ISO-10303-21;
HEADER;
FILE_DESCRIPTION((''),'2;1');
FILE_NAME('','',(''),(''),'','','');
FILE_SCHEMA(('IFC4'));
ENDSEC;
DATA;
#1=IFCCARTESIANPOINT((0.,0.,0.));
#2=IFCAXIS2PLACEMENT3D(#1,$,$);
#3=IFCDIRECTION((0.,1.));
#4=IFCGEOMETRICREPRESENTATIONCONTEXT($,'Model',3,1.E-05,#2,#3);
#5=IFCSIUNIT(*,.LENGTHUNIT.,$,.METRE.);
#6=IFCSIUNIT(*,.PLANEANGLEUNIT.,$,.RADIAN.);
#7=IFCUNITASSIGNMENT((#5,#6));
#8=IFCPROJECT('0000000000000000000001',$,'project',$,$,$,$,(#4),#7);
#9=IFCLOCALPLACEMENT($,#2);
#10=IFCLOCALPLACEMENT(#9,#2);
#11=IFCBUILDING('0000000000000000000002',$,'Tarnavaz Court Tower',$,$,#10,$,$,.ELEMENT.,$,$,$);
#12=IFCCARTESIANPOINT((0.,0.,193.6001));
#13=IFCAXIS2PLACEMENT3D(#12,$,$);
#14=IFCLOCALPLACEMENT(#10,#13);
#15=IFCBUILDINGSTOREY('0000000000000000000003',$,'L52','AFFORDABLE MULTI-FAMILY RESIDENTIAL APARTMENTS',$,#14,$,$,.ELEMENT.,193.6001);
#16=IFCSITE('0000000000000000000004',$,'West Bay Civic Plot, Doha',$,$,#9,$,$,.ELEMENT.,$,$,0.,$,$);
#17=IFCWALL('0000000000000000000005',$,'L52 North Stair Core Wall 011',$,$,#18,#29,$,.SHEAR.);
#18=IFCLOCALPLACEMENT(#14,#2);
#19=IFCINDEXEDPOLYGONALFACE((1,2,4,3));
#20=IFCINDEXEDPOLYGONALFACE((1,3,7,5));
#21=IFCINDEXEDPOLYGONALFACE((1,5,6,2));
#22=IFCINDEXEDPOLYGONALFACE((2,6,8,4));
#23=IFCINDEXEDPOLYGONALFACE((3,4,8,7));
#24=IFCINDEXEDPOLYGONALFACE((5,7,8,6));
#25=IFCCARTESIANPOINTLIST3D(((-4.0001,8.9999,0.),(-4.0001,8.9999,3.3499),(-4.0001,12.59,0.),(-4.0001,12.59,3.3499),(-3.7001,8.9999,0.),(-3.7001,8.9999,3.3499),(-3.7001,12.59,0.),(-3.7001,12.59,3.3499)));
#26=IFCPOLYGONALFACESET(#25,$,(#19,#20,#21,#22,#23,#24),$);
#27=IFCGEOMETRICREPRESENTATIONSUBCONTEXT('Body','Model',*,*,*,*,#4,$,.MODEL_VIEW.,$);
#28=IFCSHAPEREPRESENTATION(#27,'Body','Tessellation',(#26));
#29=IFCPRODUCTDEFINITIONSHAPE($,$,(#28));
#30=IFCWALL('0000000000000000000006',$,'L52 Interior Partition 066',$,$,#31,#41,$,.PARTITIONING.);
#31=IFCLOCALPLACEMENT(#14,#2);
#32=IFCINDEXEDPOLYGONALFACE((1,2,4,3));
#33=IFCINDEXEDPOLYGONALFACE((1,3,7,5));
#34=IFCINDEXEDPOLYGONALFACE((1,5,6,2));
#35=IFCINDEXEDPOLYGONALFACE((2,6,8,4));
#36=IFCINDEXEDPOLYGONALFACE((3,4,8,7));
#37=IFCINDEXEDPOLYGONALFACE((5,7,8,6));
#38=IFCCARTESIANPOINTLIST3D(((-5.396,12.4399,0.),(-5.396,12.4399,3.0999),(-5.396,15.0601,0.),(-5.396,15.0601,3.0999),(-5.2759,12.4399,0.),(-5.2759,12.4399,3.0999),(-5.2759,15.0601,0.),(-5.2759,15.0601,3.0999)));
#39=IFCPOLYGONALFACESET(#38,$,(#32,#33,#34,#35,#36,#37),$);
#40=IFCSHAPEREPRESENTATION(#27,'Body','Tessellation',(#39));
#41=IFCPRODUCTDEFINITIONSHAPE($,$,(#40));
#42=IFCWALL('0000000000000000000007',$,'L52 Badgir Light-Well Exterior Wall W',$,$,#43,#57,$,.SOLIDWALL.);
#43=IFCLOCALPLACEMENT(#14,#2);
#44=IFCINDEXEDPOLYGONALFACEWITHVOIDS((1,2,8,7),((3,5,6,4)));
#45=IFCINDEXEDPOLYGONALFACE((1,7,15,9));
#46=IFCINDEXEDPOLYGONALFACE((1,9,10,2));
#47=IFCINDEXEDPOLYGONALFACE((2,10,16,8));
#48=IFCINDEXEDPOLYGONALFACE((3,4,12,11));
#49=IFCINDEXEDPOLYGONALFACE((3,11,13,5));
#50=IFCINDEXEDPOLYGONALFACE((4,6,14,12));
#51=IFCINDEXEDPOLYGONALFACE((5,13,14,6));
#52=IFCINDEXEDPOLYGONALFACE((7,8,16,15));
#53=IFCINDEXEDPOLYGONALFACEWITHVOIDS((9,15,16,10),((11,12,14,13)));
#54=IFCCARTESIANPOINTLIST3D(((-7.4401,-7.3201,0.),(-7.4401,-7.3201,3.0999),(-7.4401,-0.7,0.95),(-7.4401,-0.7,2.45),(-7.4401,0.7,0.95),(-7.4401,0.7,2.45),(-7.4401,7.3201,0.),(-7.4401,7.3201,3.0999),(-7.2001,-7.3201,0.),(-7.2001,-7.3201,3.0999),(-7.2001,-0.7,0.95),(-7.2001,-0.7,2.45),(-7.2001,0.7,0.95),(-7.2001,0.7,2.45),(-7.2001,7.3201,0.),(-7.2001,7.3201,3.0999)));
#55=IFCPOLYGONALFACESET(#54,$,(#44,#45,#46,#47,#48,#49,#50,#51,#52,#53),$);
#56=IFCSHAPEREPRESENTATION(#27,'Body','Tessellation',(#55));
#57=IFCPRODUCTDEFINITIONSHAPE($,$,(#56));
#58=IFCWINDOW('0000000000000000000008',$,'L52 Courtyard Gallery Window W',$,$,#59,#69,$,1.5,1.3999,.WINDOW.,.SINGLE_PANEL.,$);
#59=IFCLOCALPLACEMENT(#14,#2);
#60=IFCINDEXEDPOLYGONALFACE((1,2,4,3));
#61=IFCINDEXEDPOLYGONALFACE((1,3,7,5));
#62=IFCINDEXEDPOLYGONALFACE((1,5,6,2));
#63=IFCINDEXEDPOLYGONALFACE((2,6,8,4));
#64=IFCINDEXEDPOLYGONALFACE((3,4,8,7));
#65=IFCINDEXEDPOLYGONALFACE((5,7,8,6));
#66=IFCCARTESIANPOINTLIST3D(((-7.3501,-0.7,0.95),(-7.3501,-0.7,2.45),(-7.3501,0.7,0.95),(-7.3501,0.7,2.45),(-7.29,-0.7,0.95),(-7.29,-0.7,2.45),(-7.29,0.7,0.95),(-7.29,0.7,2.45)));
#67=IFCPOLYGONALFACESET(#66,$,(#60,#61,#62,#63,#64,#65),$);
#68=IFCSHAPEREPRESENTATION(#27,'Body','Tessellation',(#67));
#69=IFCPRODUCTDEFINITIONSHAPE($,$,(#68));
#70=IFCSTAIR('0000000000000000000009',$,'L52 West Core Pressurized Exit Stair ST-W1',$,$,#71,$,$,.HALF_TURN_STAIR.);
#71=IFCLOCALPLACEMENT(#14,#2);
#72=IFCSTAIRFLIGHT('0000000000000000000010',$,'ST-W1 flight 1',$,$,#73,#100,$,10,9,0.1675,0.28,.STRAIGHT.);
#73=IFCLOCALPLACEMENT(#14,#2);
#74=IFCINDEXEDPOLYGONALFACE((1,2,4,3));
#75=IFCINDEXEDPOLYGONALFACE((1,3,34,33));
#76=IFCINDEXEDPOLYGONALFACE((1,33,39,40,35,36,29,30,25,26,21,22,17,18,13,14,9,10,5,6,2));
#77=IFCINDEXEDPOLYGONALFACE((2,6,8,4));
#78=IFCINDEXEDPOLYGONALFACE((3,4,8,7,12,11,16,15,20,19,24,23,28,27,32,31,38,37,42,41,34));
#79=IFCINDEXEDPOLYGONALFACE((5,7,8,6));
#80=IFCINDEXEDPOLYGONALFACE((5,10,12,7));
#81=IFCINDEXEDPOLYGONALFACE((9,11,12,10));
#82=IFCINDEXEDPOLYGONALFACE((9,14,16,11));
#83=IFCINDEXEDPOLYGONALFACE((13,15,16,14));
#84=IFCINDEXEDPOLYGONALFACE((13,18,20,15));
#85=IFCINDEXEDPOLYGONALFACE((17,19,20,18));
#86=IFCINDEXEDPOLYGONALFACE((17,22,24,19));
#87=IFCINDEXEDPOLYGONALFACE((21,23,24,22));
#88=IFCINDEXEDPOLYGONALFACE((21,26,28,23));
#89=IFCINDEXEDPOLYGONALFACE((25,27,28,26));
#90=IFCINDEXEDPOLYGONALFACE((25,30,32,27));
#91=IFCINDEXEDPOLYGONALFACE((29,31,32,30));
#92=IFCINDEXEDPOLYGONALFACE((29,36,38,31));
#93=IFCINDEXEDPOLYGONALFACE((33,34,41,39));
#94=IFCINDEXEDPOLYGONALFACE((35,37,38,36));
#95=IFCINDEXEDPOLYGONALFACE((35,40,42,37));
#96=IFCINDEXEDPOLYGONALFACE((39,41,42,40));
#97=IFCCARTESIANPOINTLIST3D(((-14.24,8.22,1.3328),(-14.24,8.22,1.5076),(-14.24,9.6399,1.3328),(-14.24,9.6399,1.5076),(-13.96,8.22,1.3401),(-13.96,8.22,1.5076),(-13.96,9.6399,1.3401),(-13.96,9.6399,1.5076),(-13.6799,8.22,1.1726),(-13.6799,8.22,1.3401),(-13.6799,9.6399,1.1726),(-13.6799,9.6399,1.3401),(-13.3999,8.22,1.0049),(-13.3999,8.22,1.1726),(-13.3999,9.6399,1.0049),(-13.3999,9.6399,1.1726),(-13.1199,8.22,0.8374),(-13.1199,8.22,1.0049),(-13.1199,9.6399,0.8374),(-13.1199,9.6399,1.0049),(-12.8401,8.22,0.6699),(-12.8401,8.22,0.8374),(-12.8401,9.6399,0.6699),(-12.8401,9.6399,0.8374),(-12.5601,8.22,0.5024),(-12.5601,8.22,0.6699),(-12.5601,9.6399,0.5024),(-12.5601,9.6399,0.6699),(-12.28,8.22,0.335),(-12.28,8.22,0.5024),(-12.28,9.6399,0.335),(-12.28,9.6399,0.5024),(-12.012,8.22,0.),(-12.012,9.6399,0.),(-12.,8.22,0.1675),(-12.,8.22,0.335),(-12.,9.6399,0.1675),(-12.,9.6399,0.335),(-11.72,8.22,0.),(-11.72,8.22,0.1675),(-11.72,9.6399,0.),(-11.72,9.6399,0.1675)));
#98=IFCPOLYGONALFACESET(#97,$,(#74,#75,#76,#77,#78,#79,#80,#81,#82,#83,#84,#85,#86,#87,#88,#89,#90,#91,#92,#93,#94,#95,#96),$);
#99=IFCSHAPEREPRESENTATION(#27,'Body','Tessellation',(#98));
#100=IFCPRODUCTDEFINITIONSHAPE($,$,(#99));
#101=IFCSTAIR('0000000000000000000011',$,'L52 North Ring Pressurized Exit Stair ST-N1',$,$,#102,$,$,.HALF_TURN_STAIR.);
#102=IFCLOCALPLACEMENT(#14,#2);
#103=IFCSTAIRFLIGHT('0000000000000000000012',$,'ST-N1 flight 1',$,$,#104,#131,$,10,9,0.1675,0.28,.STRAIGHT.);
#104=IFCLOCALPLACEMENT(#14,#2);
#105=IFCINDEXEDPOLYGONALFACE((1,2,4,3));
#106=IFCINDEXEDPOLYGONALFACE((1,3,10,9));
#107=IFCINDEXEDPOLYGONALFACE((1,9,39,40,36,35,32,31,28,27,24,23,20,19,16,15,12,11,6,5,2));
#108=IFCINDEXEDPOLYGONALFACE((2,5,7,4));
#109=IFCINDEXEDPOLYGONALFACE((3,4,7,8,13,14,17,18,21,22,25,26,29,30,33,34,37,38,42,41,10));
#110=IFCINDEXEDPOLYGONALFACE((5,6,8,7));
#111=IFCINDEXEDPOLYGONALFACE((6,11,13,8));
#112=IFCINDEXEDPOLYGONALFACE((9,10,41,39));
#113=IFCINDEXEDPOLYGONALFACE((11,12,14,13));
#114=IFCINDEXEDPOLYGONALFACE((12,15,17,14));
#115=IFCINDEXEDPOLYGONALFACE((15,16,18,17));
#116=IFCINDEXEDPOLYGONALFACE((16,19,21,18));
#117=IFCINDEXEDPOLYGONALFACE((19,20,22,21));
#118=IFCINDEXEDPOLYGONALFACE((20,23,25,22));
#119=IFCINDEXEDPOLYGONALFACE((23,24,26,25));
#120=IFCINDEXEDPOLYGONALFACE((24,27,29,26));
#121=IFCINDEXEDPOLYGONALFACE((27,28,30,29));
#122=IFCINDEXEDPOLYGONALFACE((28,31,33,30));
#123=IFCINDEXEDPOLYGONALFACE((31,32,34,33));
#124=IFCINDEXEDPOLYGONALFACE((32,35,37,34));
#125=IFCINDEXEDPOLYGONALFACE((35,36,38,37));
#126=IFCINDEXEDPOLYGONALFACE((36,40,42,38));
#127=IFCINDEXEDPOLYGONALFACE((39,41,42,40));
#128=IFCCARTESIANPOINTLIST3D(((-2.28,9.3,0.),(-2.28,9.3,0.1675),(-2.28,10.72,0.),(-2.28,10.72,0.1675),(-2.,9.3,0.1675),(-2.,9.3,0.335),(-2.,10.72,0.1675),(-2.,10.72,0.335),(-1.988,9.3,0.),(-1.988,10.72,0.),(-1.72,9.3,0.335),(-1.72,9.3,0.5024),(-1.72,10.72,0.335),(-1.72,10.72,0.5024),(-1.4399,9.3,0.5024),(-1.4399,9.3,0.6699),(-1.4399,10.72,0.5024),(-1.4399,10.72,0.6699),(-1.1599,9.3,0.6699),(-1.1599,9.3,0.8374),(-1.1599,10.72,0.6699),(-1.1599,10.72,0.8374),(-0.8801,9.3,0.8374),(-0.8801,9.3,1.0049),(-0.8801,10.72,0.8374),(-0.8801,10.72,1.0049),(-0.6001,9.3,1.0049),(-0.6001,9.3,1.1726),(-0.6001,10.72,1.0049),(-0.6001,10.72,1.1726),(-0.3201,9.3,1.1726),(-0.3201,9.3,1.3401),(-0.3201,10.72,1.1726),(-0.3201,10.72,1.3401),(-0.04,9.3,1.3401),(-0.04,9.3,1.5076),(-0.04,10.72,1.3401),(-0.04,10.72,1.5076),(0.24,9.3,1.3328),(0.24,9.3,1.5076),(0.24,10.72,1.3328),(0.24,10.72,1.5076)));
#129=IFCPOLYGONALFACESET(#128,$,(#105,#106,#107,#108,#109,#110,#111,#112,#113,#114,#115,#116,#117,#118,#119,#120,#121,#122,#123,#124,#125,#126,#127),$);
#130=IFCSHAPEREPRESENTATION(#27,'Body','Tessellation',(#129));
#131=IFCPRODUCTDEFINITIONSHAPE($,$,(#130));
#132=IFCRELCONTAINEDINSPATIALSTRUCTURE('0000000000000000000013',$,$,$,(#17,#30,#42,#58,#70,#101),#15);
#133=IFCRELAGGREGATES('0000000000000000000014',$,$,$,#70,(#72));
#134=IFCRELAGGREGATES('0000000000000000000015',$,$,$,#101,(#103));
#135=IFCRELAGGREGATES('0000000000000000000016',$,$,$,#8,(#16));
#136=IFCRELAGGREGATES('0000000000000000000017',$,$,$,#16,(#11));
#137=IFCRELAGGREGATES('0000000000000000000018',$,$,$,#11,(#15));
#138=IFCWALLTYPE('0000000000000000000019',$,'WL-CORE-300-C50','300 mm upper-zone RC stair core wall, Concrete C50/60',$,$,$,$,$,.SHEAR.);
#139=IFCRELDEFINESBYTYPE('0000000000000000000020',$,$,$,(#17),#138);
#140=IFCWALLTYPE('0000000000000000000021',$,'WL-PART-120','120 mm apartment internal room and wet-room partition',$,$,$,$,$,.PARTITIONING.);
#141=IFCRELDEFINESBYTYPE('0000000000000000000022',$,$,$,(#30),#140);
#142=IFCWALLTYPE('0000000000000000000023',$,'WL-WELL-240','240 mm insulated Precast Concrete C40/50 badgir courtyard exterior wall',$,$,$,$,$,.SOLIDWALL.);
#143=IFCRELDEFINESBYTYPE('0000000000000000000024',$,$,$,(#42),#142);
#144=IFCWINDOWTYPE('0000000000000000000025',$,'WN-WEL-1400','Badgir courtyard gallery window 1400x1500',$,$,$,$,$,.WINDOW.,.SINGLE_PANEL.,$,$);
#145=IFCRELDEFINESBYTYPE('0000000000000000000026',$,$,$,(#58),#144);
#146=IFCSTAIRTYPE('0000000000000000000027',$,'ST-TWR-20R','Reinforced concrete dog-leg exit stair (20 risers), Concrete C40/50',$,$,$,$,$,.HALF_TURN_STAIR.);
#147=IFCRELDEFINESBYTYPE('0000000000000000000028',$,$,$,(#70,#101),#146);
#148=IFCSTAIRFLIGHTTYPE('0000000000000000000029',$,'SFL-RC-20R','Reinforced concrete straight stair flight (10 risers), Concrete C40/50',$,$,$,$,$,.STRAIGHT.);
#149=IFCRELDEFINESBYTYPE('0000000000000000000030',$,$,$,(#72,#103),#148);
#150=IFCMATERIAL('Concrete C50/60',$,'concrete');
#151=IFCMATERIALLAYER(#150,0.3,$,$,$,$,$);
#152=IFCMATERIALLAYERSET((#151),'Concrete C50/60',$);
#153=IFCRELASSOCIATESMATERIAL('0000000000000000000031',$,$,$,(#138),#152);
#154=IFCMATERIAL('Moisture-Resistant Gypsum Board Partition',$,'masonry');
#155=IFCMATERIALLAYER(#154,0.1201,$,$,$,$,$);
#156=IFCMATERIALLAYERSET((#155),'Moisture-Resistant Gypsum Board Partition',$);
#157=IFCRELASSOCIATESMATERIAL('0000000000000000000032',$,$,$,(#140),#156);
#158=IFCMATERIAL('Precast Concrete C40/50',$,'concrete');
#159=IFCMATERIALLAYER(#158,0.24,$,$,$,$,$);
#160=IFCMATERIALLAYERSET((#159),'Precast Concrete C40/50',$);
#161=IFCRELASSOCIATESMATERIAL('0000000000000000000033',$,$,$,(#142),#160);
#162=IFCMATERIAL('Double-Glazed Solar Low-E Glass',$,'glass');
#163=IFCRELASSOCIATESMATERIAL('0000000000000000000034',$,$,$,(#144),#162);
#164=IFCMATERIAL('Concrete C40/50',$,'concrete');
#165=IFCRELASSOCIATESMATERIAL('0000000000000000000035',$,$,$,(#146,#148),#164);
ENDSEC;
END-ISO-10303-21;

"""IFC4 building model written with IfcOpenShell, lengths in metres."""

from ifc_helpers import new_model, si_unit, direction, frame, frame_2d, origin, place, context, subcontext, project, spatial, polyline, rectangle, outline, extrude, material, layer, layer_set, type_object, element, fill, aggregate, save


model = new_model("IFC4")

# Units and contexts
model_context = context("Model", 3, precision=1e-05, world=origin(), true_north=direction((0.0, 1.0)))
body_context = subcontext(model_context, "Body", "Model", "MODEL_VIEW")
ifc_project = project(units=[si_unit("LENGTHUNIT", "METRE"), si_unit("PLANEANGLEUNIT", "RADIAN")], contexts=[model_context])

# Site, building, storey
site_placement = place(None, origin())
site = spatial("IfcSite", under=ifc_project, at=site_placement, Name="West Bay Civic Plot, Doha", CompositionType="ELEMENT", RefElevation=0.0)
building_placement = place(site_placement, origin())
building = spatial("IfcBuilding", under=site, at=building_placement, Name="Tarnavaz Court Tower", CompositionType="ELEMENT")
storey_placement = place(building_placement, frame((0.0, 0.0, 193.6001)))
storey = spatial("IfcBuildingStorey", under=building, at=storey_placement, Name="L52", Description="AFFORDABLE MULTI-FAMILY RESIDENTIAL APARTMENTS", CompositionType="ELEMENT", Elevation=193.6001)

# Shared definitions
ifc_material_1 = material(Name="Concrete C50/60", Category="concrete")

# Shared definitions
ifc_layer_1 = layer(ifc_material_1, 0.3)
ifc_layer_set_1 = layer_set([ifc_layer_1], Name="Concrete C50/60")
wall_type_1 = type_object("IfcWallType", Name="WL-CORE-300-C50", Description="300 mm upper-zone RC stair core wall, Concrete C50/60", PredefinedType="SHEAR", material=ifc_layer_set_1)

# Wall
wall_1_placement = place(storey_placement, frame((-3.8501, 9.0, 0.0), z_axis=(0.0, 0.0, 1.0), x_axis=(0.0, 1.0, 0.0)))
element("IfcWall", 1, at=wall_1_placement, inside=storey, type_object=wall_type_1, Name="L52 North Stair Core Wall 011", PredefinedType="SHEAR", context=body_context, shape_type="SweptSolid", body=[
    extrude(rectangle(XDim=3.5901, YDim=0.3, at=frame_2d((1.7949, 0.0))), origin(), (0.0, 0.0, 1.0), 3.3499),
])

# Wall
ifc_material_2 = material(Name="Moisture-Resistant Gypsum Board Partition", Category="masonry")
ifc_layer_2 = layer(ifc_material_2, 0.1201)
ifc_layer_set_2 = layer_set([ifc_layer_2], Name="Moisture-Resistant Gypsum Board Partition")
wall_type_2 = type_object("IfcWallType", Name="WL-PART-120", Description="120 mm apartment internal room and wet-room partition", PredefinedType="PARTITIONING", material=ifc_layer_set_2)
wall_2_placement = place(storey_placement, frame((-5.3359, 12.4399, 0.0), z_axis=(0.0, 0.0, 1.0), x_axis=(0.0, 1.0, 0.0)))
element("IfcWall", 2, at=wall_2_placement, inside=storey, type_object=wall_type_2, Name="L52 Interior Partition 066", PredefinedType="PARTITIONING", context=body_context, shape_type="SweptSolid", body=[
    extrude(rectangle(XDim=2.6201, YDim=0.1201, at=frame_2d((1.3101, 0.0))), origin(), (0.0, 0.0, 1.0), 3.0999),
])

# Wall, opening, window
ifc_material_3 = material(Name="Precast Concrete C40/50", Category="concrete")
ifc_layer_3 = layer(ifc_material_3, 0.24)
ifc_layer_set_3 = layer_set([ifc_layer_3], Name="Precast Concrete C40/50")
wall_type_3 = type_object("IfcWallType", Name="WL-WELL-240", Description="240 mm insulated Precast Concrete C40/50 badgir courtyard exterior wall", PredefinedType="SOLIDWALL", material=ifc_layer_set_3)
wall_3_placement = place(storey_placement, frame((-7.3201, 7.3201, 0.0), z_axis=(0.0, 0.0, 1.0), x_axis=(0.0, -1.0, 0.0)))
wall_3 = element("IfcWall", 3, at=wall_3_placement, inside=storey, type_object=wall_type_3, Name="L52 Badgir Light-Well Exterior Wall W", PredefinedType="SOLIDWALL", context=body_context, shape_type="SweptSolid", body=[
    extrude(rectangle(XDim=14.6401, YDim=0.24, at=frame_2d((7.3201, 0.0))), origin(), (0.0, 0.0, 1.0), 3.0999),
])
opening_1_placement = place(wall_3_placement, frame((6.6201, 0.0, 0.95)))
opening_1 = element("IfcOpeningElement", 4, at=opening_1_placement, cuts=wall_3, PredefinedType="OPENING", context=body_context, shape_type="SweptSolid", body=[
    extrude(rectangle(XDim=1.3999, YDim=1.5, at=frame_2d((0.7, 0.75))), frame((0.0, 0.1299, 0.0), z_axis=(0.0, -1.0, 0.0), x_axis=(1.0, 0.0, 0.0)), (0.0, 0.0, 1.0), 0.26),
])
ifc_material_4 = material(Name="Double-Glazed Solar Low-E Glass", Category="glass")
window_type = type_object("IfcWindowType", Name="WN-WEL-1400", Description="Badgir courtyard gallery window 1400x1500", PartitioningType="SINGLE_PANEL", PredefinedType="WINDOW", material=ifc_material_4)
window_placement = place(opening_1_placement, origin())
window = element("IfcWindow", 5, at=window_placement, inside=storey, type_object=window_type, Name="L52 Courtyard Gallery Window W", OverallHeight=1.5, OverallWidth=1.3999, PartitioningType="SINGLE_PANEL", PredefinedType="WINDOW", context=body_context, shape_type="SweptSolid", body=[
    extrude(rectangle(XDim=1.3999, YDim=1.5, at=frame_2d((0.7, 0.75))), frame((0.0, 0.03, 0.0), z_axis=(0.0, -1.0, 0.0), x_axis=(1.0, 0.0, 0.0)), (0.0, 0.0, 1.0), 0.0601),
])
fill(opening_1, window)

# Stairs, stair flights
ifc_material_5 = material(Name="Concrete C40/50", Category="concrete")
stair_type = type_object("IfcStairType", Name="ST-TWR-20R", Description="Reinforced concrete dog-leg exit stair (20 risers), Concrete C40/50", PredefinedType="HALF_TURN_STAIR", material=ifc_material_5)
stair_1_placement = place(storey_placement, origin())
stair_1 = element("IfcStair", 6, at=stair_1_placement, inside=storey, type_object=stair_type, Name="L52 West Core Pressurized Exit Stair ST-W1", PredefinedType="HALF_TURN_STAIR")
stair_flight_type = type_object("IfcStairFlightType", Name="SFL-RC-20R", Description="Reinforced concrete straight stair flight (10 risers), Concrete C40/50", PredefinedType="STRAIGHT", material=ifc_material_5)
stair_flight_1_placement = place(storey_placement, frame((-11.72, 8.9299, 0.0), z_axis=(0.0, 0.0, 1.0), x_axis=(-1.0, 0.0, 0.0)))
stair_flight_1 = element("IfcStairFlight", 7, at=stair_flight_1_placement, type_object=stair_flight_type, Name="ST-W1 flight 1", NumberOfRisers=10, NumberOfTreads=9, PredefinedType="STRAIGHT", RiserHeight=0.1675, TreadLength=0.28, context=body_context, shape_type="SweptSolid", body=[
    extrude(outline(polyline([(0.0, 0.0), (0.0, 0.1675), (0.28, 0.1675), (0.28, 0.335), (0.5601, 0.335), (0.5601, 0.5024), (0.8401, 0.5024), (0.8401, 0.6699), (1.1201, 0.6699), (1.1201, 0.8374), (1.3999, 0.8374), (1.3999, 1.0049), (1.6799, 1.0049), (1.6799, 1.1726), (1.96, 1.1726), (1.96, 1.3401), (2.24, 1.3401), (2.24, 1.5076), (2.52, 1.5076), (2.52, 1.675), (2.52, 1.3328), (0.292, 0.0), (0.0, 0.0)])), frame((0.0, 0.71, 0.0), z_axis=(0.0, -1.0, 0.0), x_axis=(1.0, 0.0, 0.0)), (0.0, 0.0, 1.0), 1.4199),
])
aggregate(stair_1, [stair_flight_1])
stair_2_placement = place(storey_placement, origin())
stair_2 = element("IfcStair", 8, at=stair_2_placement, inside=storey, type_object=stair_type, Name="L52 North Ring Pressurized Exit Stair ST-N1", PredefinedType="HALF_TURN_STAIR")
stair_flight_2_placement = place(storey_placement, frame((-2.28, 10.01, 0.0), z_axis=(0.0, 0.0, 1.0), x_axis=(1.0, 0.0, 0.0)))
stair_flight_2 = element("IfcStairFlight", 9, at=stair_flight_2_placement, type_object=stair_flight_type, Name="ST-N1 flight 1", NumberOfRisers=10, NumberOfTreads=9, PredefinedType="STRAIGHT", RiserHeight=0.1675, TreadLength=0.28, context=body_context, shape_type="SweptSolid", body=[
    extrude(outline(polyline([(0.0, 0.0), (0.0, 0.1675), (0.28, 0.1675), (0.28, 0.335), (0.5601, 0.335), (0.5601, 0.5024), (0.8401, 0.5024), (0.8401, 0.6699), (1.1201, 0.6699), (1.1201, 0.8374), (1.3999, 0.8374), (1.3999, 1.0049), (1.6799, 1.0049), (1.6799, 1.1726), (1.96, 1.1726), (1.96, 1.3401), (2.24, 1.3401), (2.24, 1.5076), (2.52, 1.5076), (2.52, 1.675), (2.52, 1.3328), (0.292, 0.0), (0.0, 0.0)])), frame((0.0, 0.71, 0.0), z_axis=(0.0, -1.0, 0.0), x_axis=(1.0, 0.0, 0.0)), (0.0, 0.0, 1.0), 1.4199),
])
aggregate(stair_2, [stair_flight_2])

save(model, "model.ifc")
